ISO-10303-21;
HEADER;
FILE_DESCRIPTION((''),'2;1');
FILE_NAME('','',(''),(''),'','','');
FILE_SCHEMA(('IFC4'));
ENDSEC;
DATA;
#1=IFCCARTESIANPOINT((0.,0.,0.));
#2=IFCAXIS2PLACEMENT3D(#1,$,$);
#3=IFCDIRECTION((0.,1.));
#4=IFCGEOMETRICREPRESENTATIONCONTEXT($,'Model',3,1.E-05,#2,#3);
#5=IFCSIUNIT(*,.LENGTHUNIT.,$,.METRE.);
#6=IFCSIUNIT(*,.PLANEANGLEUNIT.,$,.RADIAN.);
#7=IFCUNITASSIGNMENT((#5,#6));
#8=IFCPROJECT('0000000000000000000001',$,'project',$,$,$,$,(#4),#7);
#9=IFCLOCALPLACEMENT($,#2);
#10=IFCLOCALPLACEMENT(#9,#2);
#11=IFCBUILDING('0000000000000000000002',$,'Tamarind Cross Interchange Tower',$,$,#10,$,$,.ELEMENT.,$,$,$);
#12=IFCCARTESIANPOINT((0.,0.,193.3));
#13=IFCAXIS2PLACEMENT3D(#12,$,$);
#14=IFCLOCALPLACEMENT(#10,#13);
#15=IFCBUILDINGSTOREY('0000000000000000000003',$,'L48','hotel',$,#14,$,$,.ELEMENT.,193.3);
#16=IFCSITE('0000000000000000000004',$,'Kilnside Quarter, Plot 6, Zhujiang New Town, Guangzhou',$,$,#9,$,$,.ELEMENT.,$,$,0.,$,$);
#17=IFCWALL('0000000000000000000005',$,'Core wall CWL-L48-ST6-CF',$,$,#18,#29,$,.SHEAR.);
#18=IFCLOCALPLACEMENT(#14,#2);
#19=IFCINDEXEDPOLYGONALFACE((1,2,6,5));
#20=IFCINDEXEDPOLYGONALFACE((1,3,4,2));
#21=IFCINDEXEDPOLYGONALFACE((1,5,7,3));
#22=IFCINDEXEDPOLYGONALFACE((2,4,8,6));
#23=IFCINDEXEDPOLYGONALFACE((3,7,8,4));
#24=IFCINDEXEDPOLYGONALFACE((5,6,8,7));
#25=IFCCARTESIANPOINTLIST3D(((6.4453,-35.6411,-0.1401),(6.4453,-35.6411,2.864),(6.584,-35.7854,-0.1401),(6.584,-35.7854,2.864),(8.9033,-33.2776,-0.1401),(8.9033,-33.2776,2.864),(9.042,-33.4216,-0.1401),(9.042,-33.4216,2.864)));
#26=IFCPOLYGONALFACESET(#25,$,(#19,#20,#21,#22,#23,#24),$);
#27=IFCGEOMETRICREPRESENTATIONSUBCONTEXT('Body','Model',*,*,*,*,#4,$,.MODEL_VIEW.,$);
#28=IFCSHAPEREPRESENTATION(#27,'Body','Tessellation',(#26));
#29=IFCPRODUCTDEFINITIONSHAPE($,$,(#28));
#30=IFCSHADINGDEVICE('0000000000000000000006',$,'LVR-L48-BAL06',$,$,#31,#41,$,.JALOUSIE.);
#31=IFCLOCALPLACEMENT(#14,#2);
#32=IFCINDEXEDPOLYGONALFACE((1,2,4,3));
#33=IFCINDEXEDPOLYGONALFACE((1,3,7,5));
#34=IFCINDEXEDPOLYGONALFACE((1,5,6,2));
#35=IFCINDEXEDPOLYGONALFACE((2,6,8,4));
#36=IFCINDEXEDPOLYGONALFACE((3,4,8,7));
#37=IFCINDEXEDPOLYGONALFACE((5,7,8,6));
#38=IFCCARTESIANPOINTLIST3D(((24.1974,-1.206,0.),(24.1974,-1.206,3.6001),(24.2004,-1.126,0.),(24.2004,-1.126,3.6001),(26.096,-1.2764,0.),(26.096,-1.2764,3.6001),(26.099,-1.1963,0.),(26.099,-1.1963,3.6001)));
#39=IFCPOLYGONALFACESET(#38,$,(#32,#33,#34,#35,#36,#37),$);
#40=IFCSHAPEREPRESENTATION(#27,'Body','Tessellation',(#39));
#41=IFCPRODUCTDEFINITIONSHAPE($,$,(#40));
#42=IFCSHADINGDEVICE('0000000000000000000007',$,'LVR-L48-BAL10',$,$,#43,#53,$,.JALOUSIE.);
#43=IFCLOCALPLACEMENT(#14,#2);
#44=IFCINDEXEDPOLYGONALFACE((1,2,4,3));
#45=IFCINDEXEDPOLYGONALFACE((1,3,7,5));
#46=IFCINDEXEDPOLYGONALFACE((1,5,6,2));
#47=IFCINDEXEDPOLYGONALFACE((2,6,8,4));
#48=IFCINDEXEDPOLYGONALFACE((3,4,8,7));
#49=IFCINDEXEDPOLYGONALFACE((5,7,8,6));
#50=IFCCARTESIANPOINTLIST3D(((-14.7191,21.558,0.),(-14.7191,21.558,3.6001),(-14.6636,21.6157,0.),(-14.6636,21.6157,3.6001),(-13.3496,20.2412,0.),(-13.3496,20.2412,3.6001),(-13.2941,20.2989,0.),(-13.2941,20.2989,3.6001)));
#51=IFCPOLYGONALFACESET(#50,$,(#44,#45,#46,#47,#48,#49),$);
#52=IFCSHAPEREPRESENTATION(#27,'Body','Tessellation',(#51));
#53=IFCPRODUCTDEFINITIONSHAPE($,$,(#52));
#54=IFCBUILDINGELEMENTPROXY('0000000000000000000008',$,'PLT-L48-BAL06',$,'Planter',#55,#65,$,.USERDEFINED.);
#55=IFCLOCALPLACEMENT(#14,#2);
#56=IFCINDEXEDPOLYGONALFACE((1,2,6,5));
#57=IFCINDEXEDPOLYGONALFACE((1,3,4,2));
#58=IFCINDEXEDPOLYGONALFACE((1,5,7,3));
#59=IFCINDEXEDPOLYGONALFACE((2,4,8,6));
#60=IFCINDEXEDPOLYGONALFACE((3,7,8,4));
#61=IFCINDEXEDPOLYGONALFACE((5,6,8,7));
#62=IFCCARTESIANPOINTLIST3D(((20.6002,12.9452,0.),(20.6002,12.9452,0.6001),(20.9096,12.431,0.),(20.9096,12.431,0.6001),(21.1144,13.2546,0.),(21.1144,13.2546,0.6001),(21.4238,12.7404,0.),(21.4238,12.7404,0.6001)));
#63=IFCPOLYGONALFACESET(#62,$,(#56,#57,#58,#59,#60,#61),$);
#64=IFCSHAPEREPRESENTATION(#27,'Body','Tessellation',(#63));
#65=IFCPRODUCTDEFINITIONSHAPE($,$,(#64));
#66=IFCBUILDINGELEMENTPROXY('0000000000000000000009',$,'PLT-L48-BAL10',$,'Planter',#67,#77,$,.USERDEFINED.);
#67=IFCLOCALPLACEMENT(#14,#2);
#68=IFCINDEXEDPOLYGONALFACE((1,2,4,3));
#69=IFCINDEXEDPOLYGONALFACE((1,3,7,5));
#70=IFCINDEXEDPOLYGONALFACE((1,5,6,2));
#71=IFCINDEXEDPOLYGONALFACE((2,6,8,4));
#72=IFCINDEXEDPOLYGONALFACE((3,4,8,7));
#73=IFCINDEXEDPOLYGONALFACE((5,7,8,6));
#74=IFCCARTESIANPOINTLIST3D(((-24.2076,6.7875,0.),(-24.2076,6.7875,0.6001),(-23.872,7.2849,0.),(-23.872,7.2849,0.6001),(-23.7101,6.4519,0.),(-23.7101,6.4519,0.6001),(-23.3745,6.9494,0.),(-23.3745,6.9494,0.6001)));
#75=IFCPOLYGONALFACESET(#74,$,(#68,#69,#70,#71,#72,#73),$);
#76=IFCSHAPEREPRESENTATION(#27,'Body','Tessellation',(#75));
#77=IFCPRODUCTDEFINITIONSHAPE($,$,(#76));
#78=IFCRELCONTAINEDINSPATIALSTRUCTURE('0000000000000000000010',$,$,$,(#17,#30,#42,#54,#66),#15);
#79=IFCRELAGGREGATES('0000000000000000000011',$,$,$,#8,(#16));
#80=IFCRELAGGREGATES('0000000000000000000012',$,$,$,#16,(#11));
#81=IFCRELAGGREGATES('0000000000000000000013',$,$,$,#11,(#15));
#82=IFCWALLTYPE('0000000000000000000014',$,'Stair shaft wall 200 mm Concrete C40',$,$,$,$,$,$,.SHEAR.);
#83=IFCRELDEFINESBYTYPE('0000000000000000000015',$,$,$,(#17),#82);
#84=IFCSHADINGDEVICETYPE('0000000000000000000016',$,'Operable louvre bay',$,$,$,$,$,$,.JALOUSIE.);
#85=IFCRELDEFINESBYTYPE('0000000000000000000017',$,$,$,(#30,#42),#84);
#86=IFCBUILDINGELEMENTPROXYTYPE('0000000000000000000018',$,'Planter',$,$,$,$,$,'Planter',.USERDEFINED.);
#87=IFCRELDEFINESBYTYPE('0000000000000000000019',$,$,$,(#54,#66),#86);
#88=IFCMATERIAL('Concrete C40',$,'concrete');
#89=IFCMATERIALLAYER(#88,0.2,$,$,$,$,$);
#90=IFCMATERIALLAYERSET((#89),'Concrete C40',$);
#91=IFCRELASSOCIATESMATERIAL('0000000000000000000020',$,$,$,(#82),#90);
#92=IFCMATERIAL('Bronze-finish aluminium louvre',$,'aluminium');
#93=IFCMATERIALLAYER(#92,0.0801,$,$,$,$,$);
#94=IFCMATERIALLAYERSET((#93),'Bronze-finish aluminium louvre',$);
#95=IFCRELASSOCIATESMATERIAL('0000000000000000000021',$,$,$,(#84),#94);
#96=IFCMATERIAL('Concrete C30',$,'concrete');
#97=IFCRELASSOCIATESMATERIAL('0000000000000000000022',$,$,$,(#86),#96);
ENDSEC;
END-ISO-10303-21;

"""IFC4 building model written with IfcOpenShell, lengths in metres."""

from ifc_helpers import new_model, si_unit, direction, frame, origin, origin_2d, place, context, subcontext, project, spatial, polyline, rectangle, outline, extrude, material, layer, layer_set, type_object, element, save


model = new_model("IFC4")

# Units and contexts
model_context = context("Model", 3, precision=1e-05, world=origin(), true_north=direction((0.0, 1.0)))
body_context = subcontext(model_context, "Body", "Model", "MODEL_VIEW")
ifc_project = project(units=[si_unit("LENGTHUNIT", "METRE"), si_unit("PLANEANGLEUNIT", "RADIAN")], contexts=[model_context])

# Site, building, storey
site_placement = place(None, origin())
site = spatial("IfcSite", under=ifc_project, at=site_placement, Name="Kilnside Quarter, Plot 6, Zhujiang New Town, Guangzhou", CompositionType="ELEMENT", RefElevation=0.0)
building_placement = place(site_placement, origin())
building = spatial("IfcBuilding", under=site, at=building_placement, Name="Tamarind Cross Interchange Tower", CompositionType="ELEMENT")
storey_placement = place(building_placement, frame((0.0, 0.0, 193.3)))
storey = spatial("IfcBuildingStorey", under=building, at=storey_placement, Name="L48", Description="hotel", CompositionType="ELEMENT", Elevation=193.3)

# Shared definitions
ifc_material_1 = material(Name="Concrete C40", Category="concrete")

# Wall
ifc_layer_1 = layer(ifc_material_1, 0.2)
ifc_layer_set_1 = layer_set([ifc_layer_1], Name="Concrete C40")
wall_type_1 = type_object("IfcWallType", Name="Stair shaft wall 200 mm Concrete C40", PredefinedType="SHEAR", material=ifc_layer_set_1)
wall_1_placement = place(storey_placement, frame((0.0, 0.0, -0.1401)))
element("IfcWall", 1, at=wall_1_placement, inside=storey, type_object=wall_type_1, Name="Core wall CWL-L48-ST6-CF", PredefinedType="SHEAR", context=body_context, shape_type="SweptSolid", body=[
    extrude(outline(polyline([(6.4453, -35.6411), (6.584, -35.7854), (9.042, -33.4216), (8.9033, -33.2776), (6.4453, -35.6411)])), origin(), (0.0, 0.0, 1.0), 3.0042),
])

# Shading devices
ifc_material_2 = material(Name="Bronze-finish aluminium louvre", Category="aluminium")
ifc_layer_2 = layer(ifc_material_2, 0.0801)
ifc_layer_set_2 = layer_set([ifc_layer_2], Name="Bronze-finish aluminium louvre")
shading_device_type = type_object("IfcShadingDeviceType", Name="Operable louvre bay", PredefinedType="JALOUSIE", material=ifc_layer_set_2)
shading_device_1_placement = place(storey_placement, origin())
element("IfcShadingDevice", 2, at=shading_device_1_placement, inside=storey, type_object=shading_device_type, Name="LVR-L48-BAL06", PredefinedType="JALOUSIE", context=body_context, shape_type="SweptSolid", body=[
    extrude(rectangle(XDim=1.8999, YDim=0.0801, at=origin_2d()), frame((25.1482, -1.2012, 0.0), z_axis=(0.0, 0.0, 1.0), x_axis=(0.999314, -0.037025, 0.0)), (0.0, 0.0, 1.0), 3.6001),
])
shading_device_2_placement = place(storey_placement, origin())
element("IfcShadingDevice", 3, at=shading_device_2_placement, inside=storey, type_object=shading_device_type, Name="LVR-L48-BAL10", PredefinedType="JALOUSIE", context=body_context, shape_type="SweptSolid", body=[
    extrude(rectangle(XDim=1.8999, YDim=0.0801, at=origin_2d()), frame((-14.0066, 20.9285, 0.0), z_axis=(0.0, 0.0, 1.0), x_axis=(-0.720856, 0.693084, 0.0)), (0.0, 0.0, 1.0), 3.6001),
])

# Building element proxies
ifc_material_3 = material(Name="Concrete C30", Category="concrete")
building_element_proxy_type = type_object("IfcBuildingElementProxyType", Name="Planter", ElementType="Planter", PredefinedType="USERDEFINED", material=ifc_material_3)
proxy_1_placement = place(storey_placement, origin())
element("IfcBuildingElementProxy", 4, at=proxy_1_placement, inside=storey, type_object=building_element_proxy_type, Name="PLT-L48-BAL06", ObjectType="Planter", PredefinedType="USERDEFINED", context=body_context, shape_type="SweptSolid", body=[
    extrude(rectangle(XDim=0.6001, YDim=0.6001, at=origin_2d()), frame((21.012, 12.8428, 0.0), z_axis=(0.0, 0.0, 1.0), x_axis=(-0.515577, 0.856843, 0.0)), (0.0, 0.0, 1.0), 0.6001),
])
proxy_2_placement = place(storey_placement, origin())
element("IfcBuildingElementProxy", 5, at=proxy_2_placement, inside=storey, type_object=building_element_proxy_type, Name="PLT-L48-BAL10", ObjectType="Planter", PredefinedType="USERDEFINED", context=body_context, shape_type="SweptSolid", body=[
    extrude(rectangle(XDim=0.6001, YDim=0.6001, at=origin_2d()), frame((-23.791, 6.8684, 0.0), z_axis=(0.0, 0.0, 1.0), x_axis=(-0.559225, -0.829016, 0.0)), (0.0, 0.0, 1.0), 0.6001),
])

save(model, "model.ifc")
